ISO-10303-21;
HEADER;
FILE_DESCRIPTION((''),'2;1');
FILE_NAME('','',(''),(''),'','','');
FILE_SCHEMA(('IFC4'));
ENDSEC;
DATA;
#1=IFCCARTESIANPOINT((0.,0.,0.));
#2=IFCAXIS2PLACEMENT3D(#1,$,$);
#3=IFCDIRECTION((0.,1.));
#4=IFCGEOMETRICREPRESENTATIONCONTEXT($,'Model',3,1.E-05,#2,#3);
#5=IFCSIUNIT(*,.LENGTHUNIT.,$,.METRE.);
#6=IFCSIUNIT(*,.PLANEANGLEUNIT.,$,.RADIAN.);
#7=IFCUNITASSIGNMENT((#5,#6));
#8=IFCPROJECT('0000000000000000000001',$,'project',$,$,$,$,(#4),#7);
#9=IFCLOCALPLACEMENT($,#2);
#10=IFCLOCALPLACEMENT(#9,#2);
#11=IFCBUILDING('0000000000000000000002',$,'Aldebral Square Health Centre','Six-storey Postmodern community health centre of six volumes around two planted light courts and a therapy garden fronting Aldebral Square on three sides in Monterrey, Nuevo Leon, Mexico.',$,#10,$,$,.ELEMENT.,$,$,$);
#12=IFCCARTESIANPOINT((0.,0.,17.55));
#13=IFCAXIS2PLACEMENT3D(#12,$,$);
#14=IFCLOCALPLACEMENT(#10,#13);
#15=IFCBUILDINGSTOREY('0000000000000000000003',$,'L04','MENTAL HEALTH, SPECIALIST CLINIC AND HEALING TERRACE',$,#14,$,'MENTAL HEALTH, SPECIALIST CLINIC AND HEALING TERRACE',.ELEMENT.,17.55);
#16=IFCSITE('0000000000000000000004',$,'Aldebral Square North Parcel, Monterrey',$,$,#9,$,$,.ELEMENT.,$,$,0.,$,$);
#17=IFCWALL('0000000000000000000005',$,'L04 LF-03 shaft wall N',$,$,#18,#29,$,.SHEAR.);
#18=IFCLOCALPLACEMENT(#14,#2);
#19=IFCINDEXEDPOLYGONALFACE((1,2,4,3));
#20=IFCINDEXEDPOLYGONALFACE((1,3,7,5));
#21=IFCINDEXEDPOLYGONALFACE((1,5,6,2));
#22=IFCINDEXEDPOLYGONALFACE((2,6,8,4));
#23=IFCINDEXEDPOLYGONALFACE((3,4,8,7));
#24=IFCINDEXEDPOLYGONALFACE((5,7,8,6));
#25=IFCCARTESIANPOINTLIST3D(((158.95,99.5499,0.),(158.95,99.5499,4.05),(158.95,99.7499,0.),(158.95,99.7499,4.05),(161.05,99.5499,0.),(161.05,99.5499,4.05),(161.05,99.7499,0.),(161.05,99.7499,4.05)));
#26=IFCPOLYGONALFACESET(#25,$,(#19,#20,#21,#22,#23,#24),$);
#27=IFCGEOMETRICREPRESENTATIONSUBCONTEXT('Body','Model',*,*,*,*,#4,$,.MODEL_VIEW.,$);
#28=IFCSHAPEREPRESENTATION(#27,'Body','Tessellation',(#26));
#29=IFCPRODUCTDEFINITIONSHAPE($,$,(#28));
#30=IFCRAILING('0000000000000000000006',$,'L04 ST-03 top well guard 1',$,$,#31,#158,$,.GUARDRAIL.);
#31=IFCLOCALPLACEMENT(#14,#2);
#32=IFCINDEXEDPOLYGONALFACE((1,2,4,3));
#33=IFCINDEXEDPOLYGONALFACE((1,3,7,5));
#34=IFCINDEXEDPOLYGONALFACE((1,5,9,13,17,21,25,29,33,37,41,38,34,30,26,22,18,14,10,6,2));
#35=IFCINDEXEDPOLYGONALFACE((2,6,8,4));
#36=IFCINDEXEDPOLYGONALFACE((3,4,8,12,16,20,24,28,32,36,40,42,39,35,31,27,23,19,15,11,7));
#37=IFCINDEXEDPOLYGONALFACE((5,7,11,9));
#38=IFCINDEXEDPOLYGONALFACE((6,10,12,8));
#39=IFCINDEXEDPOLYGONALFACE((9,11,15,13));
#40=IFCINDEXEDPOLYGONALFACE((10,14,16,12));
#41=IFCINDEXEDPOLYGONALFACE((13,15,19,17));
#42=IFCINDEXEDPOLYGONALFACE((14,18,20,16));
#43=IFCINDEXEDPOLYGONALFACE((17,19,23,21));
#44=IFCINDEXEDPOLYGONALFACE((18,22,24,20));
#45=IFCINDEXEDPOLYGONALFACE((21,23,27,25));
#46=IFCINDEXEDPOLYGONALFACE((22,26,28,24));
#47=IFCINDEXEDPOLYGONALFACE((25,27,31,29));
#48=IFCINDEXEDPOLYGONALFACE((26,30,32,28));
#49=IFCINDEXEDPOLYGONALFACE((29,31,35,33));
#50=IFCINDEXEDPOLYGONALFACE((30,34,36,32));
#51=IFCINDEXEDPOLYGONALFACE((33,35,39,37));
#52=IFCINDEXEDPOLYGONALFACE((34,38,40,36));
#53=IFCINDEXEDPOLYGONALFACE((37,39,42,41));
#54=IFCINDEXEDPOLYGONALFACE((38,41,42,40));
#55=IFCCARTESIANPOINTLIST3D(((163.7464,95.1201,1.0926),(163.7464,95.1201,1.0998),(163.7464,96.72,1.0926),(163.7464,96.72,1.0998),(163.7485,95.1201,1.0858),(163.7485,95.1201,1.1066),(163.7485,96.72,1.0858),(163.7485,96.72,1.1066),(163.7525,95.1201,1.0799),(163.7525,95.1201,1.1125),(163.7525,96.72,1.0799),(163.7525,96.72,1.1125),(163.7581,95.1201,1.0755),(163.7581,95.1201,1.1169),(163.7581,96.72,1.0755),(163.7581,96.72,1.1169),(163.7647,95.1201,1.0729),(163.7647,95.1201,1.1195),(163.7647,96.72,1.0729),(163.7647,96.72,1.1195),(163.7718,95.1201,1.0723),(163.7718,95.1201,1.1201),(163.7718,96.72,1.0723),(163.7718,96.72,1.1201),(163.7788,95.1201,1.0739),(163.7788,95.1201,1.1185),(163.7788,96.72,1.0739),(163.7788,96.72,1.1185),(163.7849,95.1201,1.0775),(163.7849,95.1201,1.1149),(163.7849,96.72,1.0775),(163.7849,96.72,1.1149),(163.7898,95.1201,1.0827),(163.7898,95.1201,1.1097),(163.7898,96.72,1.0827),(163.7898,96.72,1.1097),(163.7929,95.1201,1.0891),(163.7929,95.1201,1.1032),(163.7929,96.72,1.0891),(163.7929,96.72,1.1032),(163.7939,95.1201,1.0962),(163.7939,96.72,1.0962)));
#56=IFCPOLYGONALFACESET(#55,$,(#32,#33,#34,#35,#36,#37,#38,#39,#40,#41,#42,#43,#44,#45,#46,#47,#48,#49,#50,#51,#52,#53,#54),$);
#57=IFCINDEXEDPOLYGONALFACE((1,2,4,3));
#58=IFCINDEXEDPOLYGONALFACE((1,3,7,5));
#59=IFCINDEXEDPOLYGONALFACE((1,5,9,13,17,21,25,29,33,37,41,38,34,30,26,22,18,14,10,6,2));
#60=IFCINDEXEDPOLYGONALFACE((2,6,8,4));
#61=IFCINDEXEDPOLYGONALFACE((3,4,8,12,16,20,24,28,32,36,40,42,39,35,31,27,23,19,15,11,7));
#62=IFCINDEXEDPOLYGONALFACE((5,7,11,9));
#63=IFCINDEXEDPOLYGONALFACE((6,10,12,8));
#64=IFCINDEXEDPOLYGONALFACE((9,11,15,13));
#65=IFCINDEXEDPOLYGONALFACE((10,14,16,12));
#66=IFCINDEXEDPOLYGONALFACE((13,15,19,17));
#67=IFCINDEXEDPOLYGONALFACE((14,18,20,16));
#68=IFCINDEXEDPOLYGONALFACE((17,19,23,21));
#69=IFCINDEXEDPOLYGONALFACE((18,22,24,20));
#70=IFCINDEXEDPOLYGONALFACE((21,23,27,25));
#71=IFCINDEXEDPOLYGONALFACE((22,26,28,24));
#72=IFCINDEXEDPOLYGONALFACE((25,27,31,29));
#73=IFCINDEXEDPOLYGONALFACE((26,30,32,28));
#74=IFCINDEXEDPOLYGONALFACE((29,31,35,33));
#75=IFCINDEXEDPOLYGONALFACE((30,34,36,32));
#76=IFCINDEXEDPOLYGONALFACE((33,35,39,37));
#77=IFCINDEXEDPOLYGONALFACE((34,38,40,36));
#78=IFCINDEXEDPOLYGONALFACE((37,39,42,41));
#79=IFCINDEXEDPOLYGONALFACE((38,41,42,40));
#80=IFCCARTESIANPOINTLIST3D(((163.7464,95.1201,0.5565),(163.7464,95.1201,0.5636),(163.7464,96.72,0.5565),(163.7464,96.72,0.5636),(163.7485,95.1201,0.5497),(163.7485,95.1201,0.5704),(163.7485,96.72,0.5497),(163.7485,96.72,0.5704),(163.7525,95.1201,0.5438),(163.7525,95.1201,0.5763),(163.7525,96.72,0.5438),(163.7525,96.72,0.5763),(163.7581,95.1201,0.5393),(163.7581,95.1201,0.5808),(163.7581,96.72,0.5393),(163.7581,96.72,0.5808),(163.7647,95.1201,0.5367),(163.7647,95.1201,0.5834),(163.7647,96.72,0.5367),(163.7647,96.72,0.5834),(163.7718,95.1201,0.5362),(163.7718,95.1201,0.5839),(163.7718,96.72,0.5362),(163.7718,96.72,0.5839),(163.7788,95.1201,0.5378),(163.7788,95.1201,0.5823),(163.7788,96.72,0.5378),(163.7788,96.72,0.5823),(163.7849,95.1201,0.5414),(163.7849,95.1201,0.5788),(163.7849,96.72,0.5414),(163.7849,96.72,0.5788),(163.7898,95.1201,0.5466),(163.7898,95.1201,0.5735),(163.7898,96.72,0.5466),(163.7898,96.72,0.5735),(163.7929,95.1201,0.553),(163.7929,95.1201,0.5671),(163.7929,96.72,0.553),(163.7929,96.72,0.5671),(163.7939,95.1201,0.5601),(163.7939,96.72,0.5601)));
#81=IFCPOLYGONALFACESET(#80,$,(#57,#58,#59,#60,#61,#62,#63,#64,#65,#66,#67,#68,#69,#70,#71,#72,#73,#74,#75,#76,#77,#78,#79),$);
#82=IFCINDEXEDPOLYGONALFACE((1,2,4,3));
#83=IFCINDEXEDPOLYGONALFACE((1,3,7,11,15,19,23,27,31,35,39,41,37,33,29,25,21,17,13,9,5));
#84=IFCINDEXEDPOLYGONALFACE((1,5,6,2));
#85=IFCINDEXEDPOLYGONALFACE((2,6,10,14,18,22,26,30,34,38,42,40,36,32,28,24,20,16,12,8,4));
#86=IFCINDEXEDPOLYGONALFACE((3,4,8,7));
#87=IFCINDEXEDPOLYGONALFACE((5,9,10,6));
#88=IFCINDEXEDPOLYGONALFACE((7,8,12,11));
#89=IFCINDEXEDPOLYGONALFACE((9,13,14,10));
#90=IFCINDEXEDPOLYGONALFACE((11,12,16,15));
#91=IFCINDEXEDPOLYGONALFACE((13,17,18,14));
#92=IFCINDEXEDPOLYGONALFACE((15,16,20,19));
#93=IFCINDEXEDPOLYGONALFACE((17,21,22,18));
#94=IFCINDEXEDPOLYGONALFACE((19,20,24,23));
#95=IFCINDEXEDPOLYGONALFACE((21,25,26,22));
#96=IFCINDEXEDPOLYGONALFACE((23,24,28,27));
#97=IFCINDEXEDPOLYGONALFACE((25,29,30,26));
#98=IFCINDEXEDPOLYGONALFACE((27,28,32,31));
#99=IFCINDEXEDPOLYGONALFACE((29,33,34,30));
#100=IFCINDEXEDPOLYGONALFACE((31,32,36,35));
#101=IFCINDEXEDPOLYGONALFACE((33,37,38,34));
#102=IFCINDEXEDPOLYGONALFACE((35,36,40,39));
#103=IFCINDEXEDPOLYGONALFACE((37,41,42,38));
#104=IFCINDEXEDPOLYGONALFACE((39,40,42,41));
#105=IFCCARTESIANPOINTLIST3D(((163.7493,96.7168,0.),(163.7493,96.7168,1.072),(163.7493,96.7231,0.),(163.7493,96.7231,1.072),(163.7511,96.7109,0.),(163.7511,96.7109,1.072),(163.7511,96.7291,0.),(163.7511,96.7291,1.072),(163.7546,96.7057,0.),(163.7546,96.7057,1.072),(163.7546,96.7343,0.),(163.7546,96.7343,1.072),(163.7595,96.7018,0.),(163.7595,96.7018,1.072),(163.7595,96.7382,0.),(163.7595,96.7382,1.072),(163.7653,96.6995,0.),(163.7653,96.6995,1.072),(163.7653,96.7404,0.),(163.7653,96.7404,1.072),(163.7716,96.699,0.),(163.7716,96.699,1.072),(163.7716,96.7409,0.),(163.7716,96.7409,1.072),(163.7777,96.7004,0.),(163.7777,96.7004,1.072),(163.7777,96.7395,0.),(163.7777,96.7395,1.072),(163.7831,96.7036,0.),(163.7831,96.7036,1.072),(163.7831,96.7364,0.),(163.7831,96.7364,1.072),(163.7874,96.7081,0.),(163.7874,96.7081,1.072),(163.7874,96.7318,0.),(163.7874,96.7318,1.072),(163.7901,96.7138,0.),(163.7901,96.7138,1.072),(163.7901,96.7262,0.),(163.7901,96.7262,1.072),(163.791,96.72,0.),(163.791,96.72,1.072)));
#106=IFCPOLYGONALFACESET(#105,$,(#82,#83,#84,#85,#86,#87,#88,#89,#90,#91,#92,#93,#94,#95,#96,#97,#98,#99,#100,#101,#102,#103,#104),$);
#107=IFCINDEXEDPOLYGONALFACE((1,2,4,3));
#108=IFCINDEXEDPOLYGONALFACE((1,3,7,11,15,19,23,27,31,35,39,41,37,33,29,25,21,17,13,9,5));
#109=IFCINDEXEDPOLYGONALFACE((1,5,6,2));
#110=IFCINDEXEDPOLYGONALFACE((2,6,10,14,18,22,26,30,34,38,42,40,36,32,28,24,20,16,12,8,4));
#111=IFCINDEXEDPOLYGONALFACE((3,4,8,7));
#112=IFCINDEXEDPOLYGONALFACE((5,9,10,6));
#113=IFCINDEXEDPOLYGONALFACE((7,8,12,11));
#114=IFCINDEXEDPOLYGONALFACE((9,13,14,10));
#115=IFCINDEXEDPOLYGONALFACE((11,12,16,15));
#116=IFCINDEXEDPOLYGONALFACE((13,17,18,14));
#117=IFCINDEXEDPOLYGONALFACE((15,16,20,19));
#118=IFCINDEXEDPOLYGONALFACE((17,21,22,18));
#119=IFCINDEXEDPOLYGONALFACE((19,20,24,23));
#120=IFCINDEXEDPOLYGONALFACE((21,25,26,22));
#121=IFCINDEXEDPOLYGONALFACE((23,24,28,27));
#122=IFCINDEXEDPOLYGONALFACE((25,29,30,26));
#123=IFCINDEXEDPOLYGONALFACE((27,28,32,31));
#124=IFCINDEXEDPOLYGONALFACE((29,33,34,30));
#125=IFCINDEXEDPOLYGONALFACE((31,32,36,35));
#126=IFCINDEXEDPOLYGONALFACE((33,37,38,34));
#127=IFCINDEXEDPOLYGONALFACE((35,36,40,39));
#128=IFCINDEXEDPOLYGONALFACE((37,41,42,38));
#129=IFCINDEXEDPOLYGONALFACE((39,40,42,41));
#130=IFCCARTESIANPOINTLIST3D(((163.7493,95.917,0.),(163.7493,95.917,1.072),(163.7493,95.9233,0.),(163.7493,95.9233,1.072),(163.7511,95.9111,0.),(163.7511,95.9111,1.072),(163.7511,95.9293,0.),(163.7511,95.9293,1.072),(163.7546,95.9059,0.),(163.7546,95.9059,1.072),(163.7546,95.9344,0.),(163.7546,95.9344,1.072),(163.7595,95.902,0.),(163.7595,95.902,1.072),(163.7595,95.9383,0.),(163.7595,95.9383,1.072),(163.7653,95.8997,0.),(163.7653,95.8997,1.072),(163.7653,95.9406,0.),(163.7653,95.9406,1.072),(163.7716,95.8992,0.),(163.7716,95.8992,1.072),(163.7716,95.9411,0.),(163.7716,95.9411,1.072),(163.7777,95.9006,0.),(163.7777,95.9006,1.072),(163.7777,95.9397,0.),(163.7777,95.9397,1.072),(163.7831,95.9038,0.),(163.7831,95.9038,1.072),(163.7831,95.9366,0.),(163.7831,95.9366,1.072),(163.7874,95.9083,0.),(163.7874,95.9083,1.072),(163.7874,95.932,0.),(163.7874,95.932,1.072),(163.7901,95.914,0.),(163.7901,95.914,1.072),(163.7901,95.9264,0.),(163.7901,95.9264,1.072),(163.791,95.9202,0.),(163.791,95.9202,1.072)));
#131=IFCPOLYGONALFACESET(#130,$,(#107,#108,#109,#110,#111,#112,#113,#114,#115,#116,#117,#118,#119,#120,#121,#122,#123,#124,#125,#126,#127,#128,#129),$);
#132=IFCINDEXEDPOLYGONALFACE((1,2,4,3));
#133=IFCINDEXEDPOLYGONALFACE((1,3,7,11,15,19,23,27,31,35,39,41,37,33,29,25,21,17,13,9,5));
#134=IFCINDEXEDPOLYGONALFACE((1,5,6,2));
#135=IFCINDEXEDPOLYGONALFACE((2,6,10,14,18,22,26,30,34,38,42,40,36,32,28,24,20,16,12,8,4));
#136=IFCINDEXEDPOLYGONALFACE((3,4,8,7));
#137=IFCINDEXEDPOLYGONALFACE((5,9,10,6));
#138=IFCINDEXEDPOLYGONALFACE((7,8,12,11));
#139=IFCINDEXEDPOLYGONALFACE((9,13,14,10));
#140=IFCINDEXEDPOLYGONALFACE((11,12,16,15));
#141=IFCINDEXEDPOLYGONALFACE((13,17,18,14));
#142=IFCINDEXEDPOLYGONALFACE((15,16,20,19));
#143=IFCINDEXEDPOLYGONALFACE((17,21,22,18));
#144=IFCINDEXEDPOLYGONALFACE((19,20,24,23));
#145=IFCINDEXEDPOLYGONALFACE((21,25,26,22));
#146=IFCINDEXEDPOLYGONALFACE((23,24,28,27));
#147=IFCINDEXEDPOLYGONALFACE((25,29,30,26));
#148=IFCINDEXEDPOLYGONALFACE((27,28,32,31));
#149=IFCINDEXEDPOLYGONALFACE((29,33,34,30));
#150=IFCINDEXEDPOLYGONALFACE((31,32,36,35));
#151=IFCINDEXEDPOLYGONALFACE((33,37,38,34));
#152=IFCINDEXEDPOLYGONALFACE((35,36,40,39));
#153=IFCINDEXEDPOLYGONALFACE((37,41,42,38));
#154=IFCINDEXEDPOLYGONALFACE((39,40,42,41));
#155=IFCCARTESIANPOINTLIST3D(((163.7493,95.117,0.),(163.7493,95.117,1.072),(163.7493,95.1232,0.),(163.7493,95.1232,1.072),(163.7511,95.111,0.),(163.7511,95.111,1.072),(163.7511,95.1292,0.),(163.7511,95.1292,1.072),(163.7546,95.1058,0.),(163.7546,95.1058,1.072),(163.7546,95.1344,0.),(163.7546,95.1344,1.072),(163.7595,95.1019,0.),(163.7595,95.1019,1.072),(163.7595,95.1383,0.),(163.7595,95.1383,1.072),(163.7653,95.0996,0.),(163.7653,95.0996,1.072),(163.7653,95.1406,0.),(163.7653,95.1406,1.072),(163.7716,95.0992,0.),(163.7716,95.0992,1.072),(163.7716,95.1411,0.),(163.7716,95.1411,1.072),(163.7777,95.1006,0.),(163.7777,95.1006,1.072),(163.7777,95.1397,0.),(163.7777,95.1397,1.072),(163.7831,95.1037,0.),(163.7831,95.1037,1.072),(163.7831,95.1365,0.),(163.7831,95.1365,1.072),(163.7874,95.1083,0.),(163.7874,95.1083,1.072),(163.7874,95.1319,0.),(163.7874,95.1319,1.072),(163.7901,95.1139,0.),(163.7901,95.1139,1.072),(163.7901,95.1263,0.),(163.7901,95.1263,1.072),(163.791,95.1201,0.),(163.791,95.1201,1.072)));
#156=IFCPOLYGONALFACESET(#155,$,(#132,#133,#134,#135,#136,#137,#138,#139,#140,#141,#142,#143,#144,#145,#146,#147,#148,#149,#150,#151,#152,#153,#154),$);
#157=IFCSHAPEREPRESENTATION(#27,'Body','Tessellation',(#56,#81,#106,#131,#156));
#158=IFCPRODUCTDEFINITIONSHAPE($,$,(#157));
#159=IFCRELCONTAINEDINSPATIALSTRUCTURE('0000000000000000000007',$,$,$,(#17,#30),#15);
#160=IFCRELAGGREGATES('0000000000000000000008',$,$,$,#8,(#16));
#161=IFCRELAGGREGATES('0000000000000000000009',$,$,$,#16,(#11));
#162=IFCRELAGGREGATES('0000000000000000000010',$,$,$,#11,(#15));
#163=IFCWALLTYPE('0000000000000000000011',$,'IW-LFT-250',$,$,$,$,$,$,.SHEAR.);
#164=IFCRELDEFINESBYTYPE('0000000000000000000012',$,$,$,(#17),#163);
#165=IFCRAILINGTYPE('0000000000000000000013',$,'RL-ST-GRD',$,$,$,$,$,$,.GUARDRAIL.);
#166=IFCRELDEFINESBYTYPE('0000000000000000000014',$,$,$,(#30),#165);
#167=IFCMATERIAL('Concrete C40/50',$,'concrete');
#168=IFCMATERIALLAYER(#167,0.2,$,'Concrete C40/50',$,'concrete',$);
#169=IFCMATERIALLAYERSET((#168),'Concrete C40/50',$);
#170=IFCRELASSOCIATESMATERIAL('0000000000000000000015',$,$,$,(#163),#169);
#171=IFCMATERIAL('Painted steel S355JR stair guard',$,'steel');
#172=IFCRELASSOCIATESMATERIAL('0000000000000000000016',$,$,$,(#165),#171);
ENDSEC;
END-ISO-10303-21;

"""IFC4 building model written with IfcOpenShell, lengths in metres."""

from ifc_helpers import new_model, si_unit, direction, frame, frame_2d, origin, origin_2d, place, context, subcontext, project, spatial, rectangle, circle, extrude, material, layer, layer_set, type_object, element, save


model = new_model("IFC4")

# Units and contexts
model_context = context("Model", 3, precision=1e-05, world=origin(), true_north=direction((0.0, 1.0)))
body_context = subcontext(model_context, "Body", "Model", "MODEL_VIEW")
ifc_project = project(units=[si_unit("LENGTHUNIT", "METRE"), si_unit("PLANEANGLEUNIT", "RADIAN")], contexts=[model_context])

# Site, building, storey
site_placement = place(None, origin())
site = spatial("IfcSite", under=ifc_project, at=site_placement, Name="Aldebral Square North Parcel, Monterrey", CompositionType="ELEMENT", RefElevation=0.0)
building_placement = place(site_placement, origin())
building = spatial("IfcBuilding", under=site, at=building_placement, Name="Aldebral Square Health Centre", Description="Six-storey Postmodern community health centre of six volumes around two planted light courts and a therapy garden fronting Aldebral Square on three sides in Monterrey, Nuevo Leon, Mexico.", CompositionType="ELEMENT")
storey_placement = place(building_placement, frame((0.0, 0.0, 17.55)))
storey = spatial("IfcBuildingStorey", under=building, at=storey_placement, Name="L04", Description="MENTAL HEALTH, SPECIALIST CLINIC AND HEALING TERRACE", LongName="MENTAL HEALTH, SPECIALIST CLINIC AND HEALING TERRACE", CompositionType="ELEMENT", Elevation=17.55)

# Shared definitions
ifc_material_1 = material(Name="Concrete C40/50", Category="concrete")

# Wall
ifc_layer_1 = layer(ifc_material_1, 0.2, Name="Concrete C40/50", Category="concrete")
ifc_layer_set_1 = layer_set([ifc_layer_1], Name="Concrete C40/50")
wall_type_1 = type_object("IfcWallType", Name="IW-LFT-250", PredefinedType="SHEAR", material=ifc_layer_set_1)
wall_1_placement = place(storey_placement, frame((158.95, 99.6499, 0.0), z_axis=(0.0, 0.0, 1.0), x_axis=(1.0, 0.0, 0.0)))
element("IfcWall", 1, at=wall_1_placement, inside=storey, type_object=wall_type_1, Name="L04 LF-03 shaft wall N", PredefinedType="SHEAR", context=body_context, shape_type="SweptSolid", body=[
    extrude(rectangle(XDim=2.1001, YDim=0.2, at=frame_2d((1.05, 0.0))), origin(), (0.0, 0.0, 1.0), 4.05),
])

# Railing
ifc_material_2 = material(Name="Painted steel S355JR stair guard", Category="steel")
railing_type = type_object("IfcRailingType", Name="RL-ST-GRD", PredefinedType="GUARDRAIL", material=ifc_material_2)
railing_1_placement = place(storey_placement, frame((163.77, 96.72, 0.0)))
element("IfcRailing", 2, at=railing_1_placement, inside=storey, type_object=railing_type, Name="L04 ST-03 top well guard 1", PredefinedType="GUARDRAIL", context=body_context, shape_type="SweptSolid", body=[
    extrude(circle(Radius=0.0239, at=origin_2d()), frame((0.0, 0.0, 1.0962), z_axis=(0.0, -1.0, 0.0), x_axis=(1.0, 0.0, 0.0)), (0.0, 0.0, 1.0), 1.5999),
    extrude(circle(Radius=0.0239, at=origin_2d()), frame((0.0, 0.0, 0.5601), z_axis=(0.0, -1.0, 0.0), x_axis=(1.0, 0.0, 0.0)), (0.0, 0.0, 1.0), 1.5999),
    extrude(circle(Radius=0.021, at=origin_2d()), origin(), (0.0, 0.0, 1.0), 1.072),
    extrude(circle(Radius=0.021, at=origin_2d()), frame((0.0, -0.7998, 0.0)), (0.0, 0.0, 1.0), 1.072),
    extrude(circle(Radius=0.021, at=origin_2d()), frame((0.0, -1.5999, 0.0)), (0.0, 0.0, 1.0), 1.072),
])

save(model, "model.ifc")
